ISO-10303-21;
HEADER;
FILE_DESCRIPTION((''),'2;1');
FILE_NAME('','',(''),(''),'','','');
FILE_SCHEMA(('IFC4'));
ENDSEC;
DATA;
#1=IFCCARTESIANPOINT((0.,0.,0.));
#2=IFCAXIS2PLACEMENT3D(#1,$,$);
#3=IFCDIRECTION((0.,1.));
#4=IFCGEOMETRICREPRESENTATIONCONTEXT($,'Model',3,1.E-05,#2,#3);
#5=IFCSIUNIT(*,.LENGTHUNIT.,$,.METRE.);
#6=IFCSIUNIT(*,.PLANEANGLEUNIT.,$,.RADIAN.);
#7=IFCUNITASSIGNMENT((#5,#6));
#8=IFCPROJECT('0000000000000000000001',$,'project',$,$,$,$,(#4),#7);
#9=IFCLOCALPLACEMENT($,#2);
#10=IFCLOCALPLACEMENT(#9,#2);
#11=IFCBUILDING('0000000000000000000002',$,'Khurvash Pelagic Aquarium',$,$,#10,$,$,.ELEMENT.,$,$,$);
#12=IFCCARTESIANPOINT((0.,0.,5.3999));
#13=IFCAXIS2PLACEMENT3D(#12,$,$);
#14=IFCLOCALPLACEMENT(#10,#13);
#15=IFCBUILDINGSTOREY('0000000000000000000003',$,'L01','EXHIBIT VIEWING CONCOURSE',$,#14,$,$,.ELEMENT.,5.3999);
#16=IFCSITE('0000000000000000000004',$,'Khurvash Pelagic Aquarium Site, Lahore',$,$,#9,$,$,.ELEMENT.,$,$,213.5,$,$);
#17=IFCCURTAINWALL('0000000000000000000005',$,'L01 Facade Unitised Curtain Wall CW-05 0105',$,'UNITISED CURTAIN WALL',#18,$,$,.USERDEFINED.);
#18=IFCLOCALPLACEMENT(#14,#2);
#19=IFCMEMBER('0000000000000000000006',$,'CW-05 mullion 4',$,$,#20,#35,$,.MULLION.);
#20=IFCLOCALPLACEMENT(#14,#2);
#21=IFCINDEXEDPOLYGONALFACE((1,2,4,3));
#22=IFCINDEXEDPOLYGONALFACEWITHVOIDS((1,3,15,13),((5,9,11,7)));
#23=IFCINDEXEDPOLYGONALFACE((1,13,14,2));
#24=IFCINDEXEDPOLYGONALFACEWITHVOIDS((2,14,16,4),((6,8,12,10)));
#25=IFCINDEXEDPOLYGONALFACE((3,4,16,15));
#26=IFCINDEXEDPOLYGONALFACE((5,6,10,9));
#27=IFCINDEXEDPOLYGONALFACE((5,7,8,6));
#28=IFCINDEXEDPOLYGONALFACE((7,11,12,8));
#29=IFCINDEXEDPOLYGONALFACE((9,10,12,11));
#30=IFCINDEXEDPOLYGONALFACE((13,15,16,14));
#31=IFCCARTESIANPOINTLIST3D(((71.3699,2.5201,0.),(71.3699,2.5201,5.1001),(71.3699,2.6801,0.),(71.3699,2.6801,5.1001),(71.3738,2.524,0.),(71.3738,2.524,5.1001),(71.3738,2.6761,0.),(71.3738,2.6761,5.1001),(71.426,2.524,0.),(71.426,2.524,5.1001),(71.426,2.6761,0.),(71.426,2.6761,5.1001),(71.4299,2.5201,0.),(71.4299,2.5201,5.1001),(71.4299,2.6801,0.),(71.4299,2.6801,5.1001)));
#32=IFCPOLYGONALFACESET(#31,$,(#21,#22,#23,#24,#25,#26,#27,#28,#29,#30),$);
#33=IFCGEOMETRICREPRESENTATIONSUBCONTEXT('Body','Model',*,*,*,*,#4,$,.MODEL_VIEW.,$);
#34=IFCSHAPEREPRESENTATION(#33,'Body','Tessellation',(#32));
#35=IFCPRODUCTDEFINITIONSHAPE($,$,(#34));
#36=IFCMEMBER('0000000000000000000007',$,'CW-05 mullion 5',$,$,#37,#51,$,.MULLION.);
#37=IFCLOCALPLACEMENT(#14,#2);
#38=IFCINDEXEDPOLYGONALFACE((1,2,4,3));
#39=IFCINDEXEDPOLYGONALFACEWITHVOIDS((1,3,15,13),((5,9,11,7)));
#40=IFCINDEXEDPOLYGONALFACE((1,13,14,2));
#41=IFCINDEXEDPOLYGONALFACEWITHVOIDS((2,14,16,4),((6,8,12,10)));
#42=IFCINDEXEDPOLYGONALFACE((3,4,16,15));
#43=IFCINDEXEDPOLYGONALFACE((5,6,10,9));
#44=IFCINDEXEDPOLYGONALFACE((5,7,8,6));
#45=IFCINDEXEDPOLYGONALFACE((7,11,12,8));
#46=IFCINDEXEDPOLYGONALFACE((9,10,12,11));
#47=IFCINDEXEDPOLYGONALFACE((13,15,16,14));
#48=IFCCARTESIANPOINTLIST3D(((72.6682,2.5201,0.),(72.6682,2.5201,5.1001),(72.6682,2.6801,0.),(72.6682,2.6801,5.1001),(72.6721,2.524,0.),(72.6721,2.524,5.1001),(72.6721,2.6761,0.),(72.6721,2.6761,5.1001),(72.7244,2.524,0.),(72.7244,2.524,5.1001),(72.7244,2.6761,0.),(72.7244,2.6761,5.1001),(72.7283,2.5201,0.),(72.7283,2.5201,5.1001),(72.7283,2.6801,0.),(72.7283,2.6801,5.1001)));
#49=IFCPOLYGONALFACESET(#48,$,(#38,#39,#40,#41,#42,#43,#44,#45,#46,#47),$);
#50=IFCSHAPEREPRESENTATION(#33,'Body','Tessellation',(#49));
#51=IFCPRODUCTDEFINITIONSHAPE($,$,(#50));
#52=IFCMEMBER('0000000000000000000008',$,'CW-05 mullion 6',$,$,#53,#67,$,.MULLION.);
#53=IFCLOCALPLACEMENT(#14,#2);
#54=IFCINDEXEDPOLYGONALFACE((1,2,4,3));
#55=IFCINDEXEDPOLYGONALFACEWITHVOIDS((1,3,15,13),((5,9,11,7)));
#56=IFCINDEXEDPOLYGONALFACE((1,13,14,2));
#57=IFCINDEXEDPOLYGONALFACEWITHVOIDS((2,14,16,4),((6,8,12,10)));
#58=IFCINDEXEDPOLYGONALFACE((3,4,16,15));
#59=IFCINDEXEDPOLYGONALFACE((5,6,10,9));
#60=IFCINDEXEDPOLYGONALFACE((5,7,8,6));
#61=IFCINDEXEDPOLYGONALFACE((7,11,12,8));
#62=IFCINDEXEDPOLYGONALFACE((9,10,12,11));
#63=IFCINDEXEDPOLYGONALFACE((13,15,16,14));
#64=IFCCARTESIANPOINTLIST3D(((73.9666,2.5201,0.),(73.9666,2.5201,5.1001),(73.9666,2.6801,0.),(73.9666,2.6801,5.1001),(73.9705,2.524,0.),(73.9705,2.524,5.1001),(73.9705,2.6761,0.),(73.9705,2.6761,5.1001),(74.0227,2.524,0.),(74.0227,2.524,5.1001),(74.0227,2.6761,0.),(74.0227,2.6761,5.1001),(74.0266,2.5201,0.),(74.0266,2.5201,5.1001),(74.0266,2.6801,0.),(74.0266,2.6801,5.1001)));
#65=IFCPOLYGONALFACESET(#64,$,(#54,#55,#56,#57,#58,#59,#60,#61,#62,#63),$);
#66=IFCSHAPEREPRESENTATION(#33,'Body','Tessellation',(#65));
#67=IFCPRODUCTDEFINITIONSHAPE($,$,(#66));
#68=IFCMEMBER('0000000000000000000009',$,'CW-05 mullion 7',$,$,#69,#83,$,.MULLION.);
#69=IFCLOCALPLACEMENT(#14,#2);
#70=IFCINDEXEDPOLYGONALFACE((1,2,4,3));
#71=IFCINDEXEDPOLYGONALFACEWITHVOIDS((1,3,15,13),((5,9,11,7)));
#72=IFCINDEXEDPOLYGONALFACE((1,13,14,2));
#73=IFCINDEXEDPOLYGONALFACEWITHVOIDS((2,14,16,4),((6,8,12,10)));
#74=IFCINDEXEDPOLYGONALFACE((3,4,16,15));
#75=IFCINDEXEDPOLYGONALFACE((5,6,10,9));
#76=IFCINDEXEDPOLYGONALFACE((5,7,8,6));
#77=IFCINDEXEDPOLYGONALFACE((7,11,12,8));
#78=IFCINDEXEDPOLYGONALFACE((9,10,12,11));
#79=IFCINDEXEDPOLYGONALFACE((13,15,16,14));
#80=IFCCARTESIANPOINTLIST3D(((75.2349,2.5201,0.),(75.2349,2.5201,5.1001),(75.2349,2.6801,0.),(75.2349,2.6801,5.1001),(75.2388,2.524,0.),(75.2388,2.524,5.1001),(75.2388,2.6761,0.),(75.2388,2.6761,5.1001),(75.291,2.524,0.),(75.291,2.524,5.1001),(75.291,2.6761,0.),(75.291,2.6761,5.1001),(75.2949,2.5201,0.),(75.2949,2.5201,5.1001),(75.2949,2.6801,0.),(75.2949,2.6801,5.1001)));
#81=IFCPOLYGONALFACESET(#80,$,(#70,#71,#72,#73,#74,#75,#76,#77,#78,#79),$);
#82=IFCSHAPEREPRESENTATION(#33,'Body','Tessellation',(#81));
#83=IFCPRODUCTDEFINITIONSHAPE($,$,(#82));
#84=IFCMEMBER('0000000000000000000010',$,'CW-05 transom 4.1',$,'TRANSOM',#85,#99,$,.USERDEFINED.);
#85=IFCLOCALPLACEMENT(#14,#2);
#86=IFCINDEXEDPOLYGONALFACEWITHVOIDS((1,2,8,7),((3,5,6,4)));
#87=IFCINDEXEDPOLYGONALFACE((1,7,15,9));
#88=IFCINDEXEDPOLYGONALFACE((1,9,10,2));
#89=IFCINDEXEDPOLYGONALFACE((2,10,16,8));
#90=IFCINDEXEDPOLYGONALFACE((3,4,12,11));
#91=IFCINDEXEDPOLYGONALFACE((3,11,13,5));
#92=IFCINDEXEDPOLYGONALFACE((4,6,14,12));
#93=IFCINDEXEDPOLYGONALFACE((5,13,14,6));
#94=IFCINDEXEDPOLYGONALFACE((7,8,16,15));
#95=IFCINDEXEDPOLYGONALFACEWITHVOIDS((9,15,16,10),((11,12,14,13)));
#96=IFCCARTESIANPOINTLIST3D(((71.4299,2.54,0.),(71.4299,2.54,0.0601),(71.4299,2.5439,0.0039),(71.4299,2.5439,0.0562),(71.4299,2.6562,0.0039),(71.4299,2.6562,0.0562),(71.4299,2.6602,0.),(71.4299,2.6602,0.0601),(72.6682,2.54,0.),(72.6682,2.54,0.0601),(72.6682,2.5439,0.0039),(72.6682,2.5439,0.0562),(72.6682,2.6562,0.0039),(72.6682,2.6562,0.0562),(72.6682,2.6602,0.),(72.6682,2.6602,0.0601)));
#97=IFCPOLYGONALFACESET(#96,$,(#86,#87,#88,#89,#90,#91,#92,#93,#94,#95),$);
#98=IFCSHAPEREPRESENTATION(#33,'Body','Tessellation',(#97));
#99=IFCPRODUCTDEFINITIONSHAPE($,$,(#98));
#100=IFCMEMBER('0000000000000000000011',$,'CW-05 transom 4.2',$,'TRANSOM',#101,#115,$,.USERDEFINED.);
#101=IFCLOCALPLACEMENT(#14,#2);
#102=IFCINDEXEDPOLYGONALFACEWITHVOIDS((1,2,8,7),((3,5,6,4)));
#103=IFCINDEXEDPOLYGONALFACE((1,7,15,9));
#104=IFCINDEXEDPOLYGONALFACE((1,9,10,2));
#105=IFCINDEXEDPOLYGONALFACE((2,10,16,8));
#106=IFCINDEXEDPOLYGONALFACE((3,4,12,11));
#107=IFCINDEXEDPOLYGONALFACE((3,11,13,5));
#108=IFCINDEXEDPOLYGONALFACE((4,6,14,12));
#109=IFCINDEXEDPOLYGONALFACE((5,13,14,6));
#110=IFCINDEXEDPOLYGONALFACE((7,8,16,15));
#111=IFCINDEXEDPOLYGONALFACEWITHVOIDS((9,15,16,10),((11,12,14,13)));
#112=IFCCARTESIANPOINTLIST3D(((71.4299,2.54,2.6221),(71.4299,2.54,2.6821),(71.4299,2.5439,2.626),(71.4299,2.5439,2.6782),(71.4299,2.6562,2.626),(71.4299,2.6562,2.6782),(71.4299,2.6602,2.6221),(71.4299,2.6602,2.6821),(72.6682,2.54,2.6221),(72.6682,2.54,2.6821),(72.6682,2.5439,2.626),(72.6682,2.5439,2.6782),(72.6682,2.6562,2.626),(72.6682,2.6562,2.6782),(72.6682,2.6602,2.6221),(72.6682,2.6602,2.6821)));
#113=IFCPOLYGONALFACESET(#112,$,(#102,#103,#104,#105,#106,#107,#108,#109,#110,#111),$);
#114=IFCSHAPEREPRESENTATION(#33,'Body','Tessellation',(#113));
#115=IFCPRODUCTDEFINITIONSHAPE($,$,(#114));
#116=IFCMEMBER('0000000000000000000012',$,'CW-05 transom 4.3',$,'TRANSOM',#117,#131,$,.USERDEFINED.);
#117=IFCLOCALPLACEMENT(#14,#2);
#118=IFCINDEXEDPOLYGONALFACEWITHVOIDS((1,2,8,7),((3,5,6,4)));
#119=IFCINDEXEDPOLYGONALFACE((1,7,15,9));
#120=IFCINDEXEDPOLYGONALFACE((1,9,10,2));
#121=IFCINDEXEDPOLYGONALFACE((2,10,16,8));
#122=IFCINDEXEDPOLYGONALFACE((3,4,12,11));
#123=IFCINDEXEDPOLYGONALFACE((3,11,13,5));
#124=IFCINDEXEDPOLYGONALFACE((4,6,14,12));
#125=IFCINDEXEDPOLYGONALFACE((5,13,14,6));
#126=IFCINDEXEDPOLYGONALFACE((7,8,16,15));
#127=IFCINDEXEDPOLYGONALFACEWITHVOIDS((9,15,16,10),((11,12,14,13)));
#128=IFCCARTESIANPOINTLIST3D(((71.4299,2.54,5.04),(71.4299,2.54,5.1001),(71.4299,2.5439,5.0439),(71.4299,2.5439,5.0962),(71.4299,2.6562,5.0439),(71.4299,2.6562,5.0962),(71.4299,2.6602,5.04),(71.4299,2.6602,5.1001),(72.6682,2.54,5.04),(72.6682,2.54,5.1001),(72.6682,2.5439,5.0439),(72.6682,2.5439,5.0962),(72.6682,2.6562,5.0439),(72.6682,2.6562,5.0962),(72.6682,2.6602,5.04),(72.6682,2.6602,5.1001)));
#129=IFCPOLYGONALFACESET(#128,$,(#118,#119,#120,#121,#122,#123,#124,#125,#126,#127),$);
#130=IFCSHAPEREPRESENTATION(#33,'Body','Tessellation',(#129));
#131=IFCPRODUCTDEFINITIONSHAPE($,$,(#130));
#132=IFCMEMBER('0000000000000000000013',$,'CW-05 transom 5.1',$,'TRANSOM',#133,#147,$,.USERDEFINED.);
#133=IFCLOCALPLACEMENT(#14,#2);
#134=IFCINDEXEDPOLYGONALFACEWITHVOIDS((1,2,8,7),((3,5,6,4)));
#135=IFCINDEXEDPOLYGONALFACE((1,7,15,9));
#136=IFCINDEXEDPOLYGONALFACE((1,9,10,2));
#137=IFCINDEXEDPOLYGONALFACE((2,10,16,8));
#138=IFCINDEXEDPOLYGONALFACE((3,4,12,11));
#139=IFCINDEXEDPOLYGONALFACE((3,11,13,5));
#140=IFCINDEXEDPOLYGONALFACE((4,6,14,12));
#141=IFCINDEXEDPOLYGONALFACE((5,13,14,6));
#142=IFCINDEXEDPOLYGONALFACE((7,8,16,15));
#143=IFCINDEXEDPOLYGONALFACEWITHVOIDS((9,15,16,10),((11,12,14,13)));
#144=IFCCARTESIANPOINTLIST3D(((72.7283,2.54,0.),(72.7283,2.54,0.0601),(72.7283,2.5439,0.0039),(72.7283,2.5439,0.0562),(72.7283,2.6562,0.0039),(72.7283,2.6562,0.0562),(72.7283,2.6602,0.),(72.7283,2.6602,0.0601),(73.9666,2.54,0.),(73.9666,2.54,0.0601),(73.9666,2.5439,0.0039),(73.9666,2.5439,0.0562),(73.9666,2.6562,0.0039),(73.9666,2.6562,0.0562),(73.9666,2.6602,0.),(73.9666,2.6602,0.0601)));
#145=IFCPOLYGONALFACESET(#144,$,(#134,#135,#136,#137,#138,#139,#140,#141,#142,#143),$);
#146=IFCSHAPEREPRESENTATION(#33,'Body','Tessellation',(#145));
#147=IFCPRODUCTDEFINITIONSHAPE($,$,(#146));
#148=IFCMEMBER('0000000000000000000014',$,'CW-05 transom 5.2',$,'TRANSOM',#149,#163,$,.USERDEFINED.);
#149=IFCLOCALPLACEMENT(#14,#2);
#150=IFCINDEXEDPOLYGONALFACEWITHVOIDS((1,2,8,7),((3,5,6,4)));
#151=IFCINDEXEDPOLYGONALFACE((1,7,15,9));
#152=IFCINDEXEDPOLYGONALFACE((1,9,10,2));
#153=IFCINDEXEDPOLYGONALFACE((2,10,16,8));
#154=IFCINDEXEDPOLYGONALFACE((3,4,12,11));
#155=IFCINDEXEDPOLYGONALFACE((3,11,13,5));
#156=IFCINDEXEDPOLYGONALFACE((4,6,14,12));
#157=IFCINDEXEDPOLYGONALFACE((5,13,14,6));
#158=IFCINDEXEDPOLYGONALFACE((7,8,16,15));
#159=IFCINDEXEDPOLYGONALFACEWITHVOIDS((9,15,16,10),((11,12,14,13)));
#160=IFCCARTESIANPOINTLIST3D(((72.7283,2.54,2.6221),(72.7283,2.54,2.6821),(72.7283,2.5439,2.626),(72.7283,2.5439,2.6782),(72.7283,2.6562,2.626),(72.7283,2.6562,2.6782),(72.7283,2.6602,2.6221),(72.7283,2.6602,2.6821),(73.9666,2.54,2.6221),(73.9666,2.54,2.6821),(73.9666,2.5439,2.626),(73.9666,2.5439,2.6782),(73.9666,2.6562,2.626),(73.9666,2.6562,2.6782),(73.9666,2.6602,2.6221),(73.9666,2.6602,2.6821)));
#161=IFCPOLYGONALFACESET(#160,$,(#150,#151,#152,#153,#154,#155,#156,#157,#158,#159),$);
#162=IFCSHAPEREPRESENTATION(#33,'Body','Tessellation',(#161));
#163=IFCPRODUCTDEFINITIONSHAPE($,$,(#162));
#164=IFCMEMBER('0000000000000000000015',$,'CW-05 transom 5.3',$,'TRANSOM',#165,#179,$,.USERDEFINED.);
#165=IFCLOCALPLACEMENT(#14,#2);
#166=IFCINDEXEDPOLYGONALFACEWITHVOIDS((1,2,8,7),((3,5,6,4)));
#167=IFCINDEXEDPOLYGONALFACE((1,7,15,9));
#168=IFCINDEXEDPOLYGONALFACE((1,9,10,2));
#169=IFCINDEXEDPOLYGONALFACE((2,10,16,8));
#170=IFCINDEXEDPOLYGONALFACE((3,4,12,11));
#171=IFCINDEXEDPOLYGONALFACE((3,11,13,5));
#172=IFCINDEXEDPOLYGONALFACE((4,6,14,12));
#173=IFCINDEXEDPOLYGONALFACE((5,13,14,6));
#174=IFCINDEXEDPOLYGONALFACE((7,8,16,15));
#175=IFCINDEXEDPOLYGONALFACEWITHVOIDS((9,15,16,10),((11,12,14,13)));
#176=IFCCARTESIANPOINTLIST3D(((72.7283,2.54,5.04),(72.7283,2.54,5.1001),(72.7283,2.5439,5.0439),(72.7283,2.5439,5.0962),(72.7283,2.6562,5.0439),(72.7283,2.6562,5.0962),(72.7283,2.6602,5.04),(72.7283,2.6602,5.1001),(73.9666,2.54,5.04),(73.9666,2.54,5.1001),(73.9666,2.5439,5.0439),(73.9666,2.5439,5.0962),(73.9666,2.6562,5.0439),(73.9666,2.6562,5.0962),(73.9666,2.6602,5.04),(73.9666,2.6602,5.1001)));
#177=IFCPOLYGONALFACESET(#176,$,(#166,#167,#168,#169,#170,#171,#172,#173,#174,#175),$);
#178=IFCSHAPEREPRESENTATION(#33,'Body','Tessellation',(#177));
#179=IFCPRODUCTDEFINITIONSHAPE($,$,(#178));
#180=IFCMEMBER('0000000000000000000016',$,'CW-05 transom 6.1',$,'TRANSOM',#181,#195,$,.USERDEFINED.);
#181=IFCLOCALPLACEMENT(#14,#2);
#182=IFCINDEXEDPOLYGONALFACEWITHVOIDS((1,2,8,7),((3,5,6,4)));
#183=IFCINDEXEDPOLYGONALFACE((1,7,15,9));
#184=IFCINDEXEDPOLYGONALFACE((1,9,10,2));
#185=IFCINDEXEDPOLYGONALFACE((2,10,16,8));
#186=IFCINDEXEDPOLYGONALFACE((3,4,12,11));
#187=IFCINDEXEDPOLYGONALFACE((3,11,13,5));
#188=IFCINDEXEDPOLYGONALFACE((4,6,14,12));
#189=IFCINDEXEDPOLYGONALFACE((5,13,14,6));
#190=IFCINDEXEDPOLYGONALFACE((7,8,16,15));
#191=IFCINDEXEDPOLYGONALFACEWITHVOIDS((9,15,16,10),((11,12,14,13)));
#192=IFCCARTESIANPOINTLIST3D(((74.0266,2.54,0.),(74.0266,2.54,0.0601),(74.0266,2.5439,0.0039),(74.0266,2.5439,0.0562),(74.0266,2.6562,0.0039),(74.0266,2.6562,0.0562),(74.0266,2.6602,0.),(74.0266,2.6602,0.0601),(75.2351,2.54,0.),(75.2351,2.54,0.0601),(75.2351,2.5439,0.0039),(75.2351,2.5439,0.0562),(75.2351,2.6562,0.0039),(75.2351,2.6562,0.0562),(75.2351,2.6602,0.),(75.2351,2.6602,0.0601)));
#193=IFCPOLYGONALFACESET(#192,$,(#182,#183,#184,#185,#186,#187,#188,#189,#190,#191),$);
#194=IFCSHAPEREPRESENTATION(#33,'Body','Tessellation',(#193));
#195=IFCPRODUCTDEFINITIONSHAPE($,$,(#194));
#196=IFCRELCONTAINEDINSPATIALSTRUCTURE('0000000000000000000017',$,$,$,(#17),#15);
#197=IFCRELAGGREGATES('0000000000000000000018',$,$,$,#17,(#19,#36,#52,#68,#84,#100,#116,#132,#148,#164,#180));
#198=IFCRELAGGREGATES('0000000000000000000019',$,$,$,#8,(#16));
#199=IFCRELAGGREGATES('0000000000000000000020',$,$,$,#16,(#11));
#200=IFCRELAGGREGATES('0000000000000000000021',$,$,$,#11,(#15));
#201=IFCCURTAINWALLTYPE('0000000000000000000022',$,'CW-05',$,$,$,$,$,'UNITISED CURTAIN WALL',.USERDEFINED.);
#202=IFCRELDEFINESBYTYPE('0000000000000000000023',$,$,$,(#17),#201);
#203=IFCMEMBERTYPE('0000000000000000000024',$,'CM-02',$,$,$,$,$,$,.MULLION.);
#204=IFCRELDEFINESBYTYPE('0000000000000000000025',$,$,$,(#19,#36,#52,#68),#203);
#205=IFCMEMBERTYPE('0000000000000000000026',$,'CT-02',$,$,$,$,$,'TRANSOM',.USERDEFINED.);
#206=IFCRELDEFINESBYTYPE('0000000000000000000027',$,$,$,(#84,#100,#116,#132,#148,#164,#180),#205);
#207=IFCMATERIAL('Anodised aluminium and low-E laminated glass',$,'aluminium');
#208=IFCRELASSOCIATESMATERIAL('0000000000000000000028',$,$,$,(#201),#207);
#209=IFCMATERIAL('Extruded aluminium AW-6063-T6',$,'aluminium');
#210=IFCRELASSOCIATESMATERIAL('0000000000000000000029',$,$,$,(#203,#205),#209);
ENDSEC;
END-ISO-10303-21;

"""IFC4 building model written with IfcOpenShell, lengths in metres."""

from ifc_helpers import new_model, si_unit, direction, frame, origin, origin_2d, place, context, subcontext, project, spatial, hollow_rectangle, extrude, material, material_profile, profile_set, type_object, element, aggregate, save


model = new_model("IFC4")

# Units and contexts
model_context = context("Model", 3, precision=1e-05, world=origin(), true_north=direction((0.0, 1.0)))
body_context = subcontext(model_context, "Body", "Model", "MODEL_VIEW")
ifc_project = project(units=[si_unit("LENGTHUNIT", "METRE"), si_unit("PLANEANGLEUNIT", "RADIAN")], contexts=[model_context])

# Site, building, storey
site_placement = place(None, origin())
site = spatial("IfcSite", under=ifc_project, at=site_placement, Name="Khurvash Pelagic Aquarium Site, Lahore", CompositionType="ELEMENT", RefElevation=213.5)
building_placement = place(site_placement, origin())
building = spatial("IfcBuilding", under=site, at=building_placement, Name="Khurvash Pelagic Aquarium", CompositionType="ELEMENT")
storey_placement = place(building_placement, frame((0.0, 0.0, 5.3999)))
storey = spatial("IfcBuildingStorey", under=building, at=storey_placement, Name="L01", Description="EXHIBIT VIEWING CONCOURSE", CompositionType="ELEMENT", Elevation=5.3999)

# Curtain wall, members
ifc_material_1 = material(Name="Anodised aluminium and low-E laminated glass", Category="aluminium")
curtain_wall_type = type_object("IfcCurtainWallType", Name="CW-05", ElementType="UNITISED CURTAIN WALL", PredefinedType="USERDEFINED", material=ifc_material_1)
curtain_wall_placement = place(storey_placement, origin())
curtain_wall = element("IfcCurtainWall", 1, at=curtain_wall_placement, inside=storey, type_object=curtain_wall_type, Name="L01 Facade Unitised Curtain Wall CW-05 0105", ObjectType="UNITISED CURTAIN WALL", PredefinedType="USERDEFINED")
ifc_material_2 = material(Name="Extruded aluminium AW-6063-T6", Category="aluminium")
ifc_material_profile_1 = material_profile(ifc_material_2, hollow_rectangle(XDim=0.0601, YDim=0.1599, WallThickness=0.0039, at=origin_2d()), Name="CWM60X160X4")
ifc_profile_set_1 = profile_set([ifc_material_profile_1], Name="Extruded aluminium AW-6063-T6")
member_type_1 = type_object("IfcMemberType", Name="CM-02", PredefinedType="MULLION", material=ifc_profile_set_1)
member_1_placement = place(storey_placement, frame((71.3999, 2.6001, 0.0), z_axis=(0.0, 0.0, 1.0), x_axis=(1.0, 0.0, 0.0)))
member_1 = element("IfcMember", 2, at=member_1_placement, type_object=member_type_1, Name="CW-05 mullion 4", PredefinedType="MULLION", context=body_context, shape_type="SweptSolid", body=[
    extrude(hollow_rectangle(XDim=0.0601, YDim=0.1599, WallThickness=0.0039, at=origin_2d()), origin(), (0.0, 0.0, 1.0), 5.1001),
])
member_2_placement = place(storey_placement, frame((72.6982, 2.6001, 0.0), z_axis=(0.0, 0.0, 1.0), x_axis=(1.0, 0.0, 0.0)))
member_2 = element("IfcMember", 3, at=member_2_placement, type_object=member_type_1, Name="CW-05 mullion 5", PredefinedType="MULLION", context=body_context, shape_type="SweptSolid", body=[
    extrude(hollow_rectangle(XDim=0.0601, YDim=0.1599, WallThickness=0.0039, at=origin_2d()), origin(), (0.0, 0.0, 1.0), 5.1001),
])
member_3_placement = place(storey_placement, frame((73.9966, 2.6001, 0.0), z_axis=(0.0, 0.0, 1.0), x_axis=(1.0, 0.0, 0.0)))
member_3 = element("IfcMember", 4, at=member_3_placement, type_object=member_type_1, Name="CW-05 mullion 6", PredefinedType="MULLION", context=body_context, shape_type="SweptSolid", body=[
    extrude(hollow_rectangle(XDim=0.0601, YDim=0.1599, WallThickness=0.0039, at=origin_2d()), origin(), (0.0, 0.0, 1.0), 5.1001),
])
member_4_placement = place(storey_placement, frame((75.2649, 2.6001, 0.0), z_axis=(0.0, 0.0, 1.0), x_axis=(1.0, 0.0, 0.0)))
member_4 = element("IfcMember", 5, at=member_4_placement, type_object=member_type_1, Name="CW-05 mullion 7", PredefinedType="MULLION", context=body_context, shape_type="SweptSolid", body=[
    extrude(hollow_rectangle(XDim=0.0601, YDim=0.1599, WallThickness=0.0039, at=origin_2d()), origin(), (0.0, 0.0, 1.0), 5.1001),
])
ifc_material_profile_2 = material_profile(ifc_material_2, hollow_rectangle(XDim=0.1201, YDim=0.0601, WallThickness=0.0039, at=origin_2d()), Name="CWT120X60X4")
ifc_profile_set_2 = profile_set([ifc_material_profile_2], Name="Extruded aluminium AW-6063-T6")
member_type_2 = type_object("IfcMemberType", Name="CT-02", ElementType="TRANSOM", PredefinedType="USERDEFINED", material=ifc_profile_set_2)
member_5_placement = place(storey_placement, frame((71.4299, 2.6001, 0.03), z_axis=(1.0, 0.0, 0.0), x_axis=(0.0, 1.0, 0.0)))
member_5 = element("IfcMember", 6, at=member_5_placement, type_object=member_type_2, Name="CW-05 transom 4.1", ObjectType="TRANSOM", PredefinedType="USERDEFINED", context=body_context, shape_type="SweptSolid", body=[
    extrude(hollow_rectangle(XDim=0.1201, YDim=0.0601, WallThickness=0.0039, at=origin_2d()), origin(), (0.0, 0.0, 1.0), 1.2383),
])
member_6_placement = place(storey_placement, frame((71.4299, 2.6001, 2.6521), z_axis=(1.0, 0.0, 0.0), x_axis=(0.0, 1.0, 0.0)))
member_6 = element("IfcMember", 7, at=member_6_placement, type_object=member_type_2, Name="CW-05 transom 4.2", ObjectType="TRANSOM", PredefinedType="USERDEFINED", context=body_context, shape_type="SweptSolid", body=[
    extrude(hollow_rectangle(XDim=0.1201, YDim=0.0601, WallThickness=0.0039, at=origin_2d()), origin(), (0.0, 0.0, 1.0), 1.2383),
])
member_7_placement = place(storey_placement, frame((71.4299, 2.6001, 5.0701), z_axis=(1.0, 0.0, 0.0), x_axis=(0.0, 1.0, 0.0)))
member_7 = element("IfcMember", 8, at=member_7_placement, type_object=member_type_2, Name="CW-05 transom 4.3", ObjectType="TRANSOM", PredefinedType="USERDEFINED", context=body_context, shape_type="SweptSolid", body=[
    extrude(hollow_rectangle(XDim=0.1201, YDim=0.0601, WallThickness=0.0039, at=origin_2d()), origin(), (0.0, 0.0, 1.0), 1.2383),
])
member_8_placement = place(storey_placement, frame((72.7283, 2.6001, 0.03), z_axis=(1.0, 0.0, 0.0), x_axis=(0.0, 1.0, 0.0)))
member_8 = element("IfcMember", 9, at=member_8_placement, type_object=member_type_2, Name="CW-05 transom 5.1", ObjectType="TRANSOM", PredefinedType="USERDEFINED", context=body_context, shape_type="SweptSolid", body=[
    extrude(hollow_rectangle(XDim=0.1201, YDim=0.0601, WallThickness=0.0039, at=origin_2d()), origin(), (0.0, 0.0, 1.0), 1.2383),
])
member_9_placement = place(storey_placement, frame((72.7283, 2.6001, 2.6521), z_axis=(1.0, 0.0, 0.0), x_axis=(0.0, 1.0, 0.0)))
member_9 = element("IfcMember", 10, at=member_9_placement, type_object=member_type_2, Name="CW-05 transom 5.2", ObjectType="TRANSOM", PredefinedType="USERDEFINED", context=body_context, shape_type="SweptSolid", body=[
    extrude(hollow_rectangle(XDim=0.1201, YDim=0.0601, WallThickness=0.0039, at=origin_2d()), origin(), (0.0, 0.0, 1.0), 1.2383),
])
member_10_placement = place(storey_placement, frame((72.7283, 2.6001, 5.0701), z_axis=(1.0, 0.0, 0.0), x_axis=(0.0, 1.0, 0.0)))
member_10 = element("IfcMember", 11, at=member_10_placement, type_object=member_type_2, Name="CW-05 transom 5.3", ObjectType="TRANSOM", PredefinedType="USERDEFINED", context=body_context, shape_type="SweptSolid", body=[
    extrude(hollow_rectangle(XDim=0.1201, YDim=0.0601, WallThickness=0.0039, at=origin_2d()), origin(), (0.0, 0.0, 1.0), 1.2383),
])
member_11_placement = place(storey_placement, frame((74.0266, 2.6001, 0.03), z_axis=(1.0, 0.0, 0.0), x_axis=(0.0, 1.0, 0.0)))
member_11 = element("IfcMember", 12, at=member_11_placement, type_object=member_type_2, Name="CW-05 transom 6.1", ObjectType="TRANSOM", PredefinedType="USERDEFINED", context=body_context, shape_type="SweptSolid", body=[
    extrude(hollow_rectangle(XDim=0.1201, YDim=0.0601, WallThickness=0.0039, at=origin_2d()), origin(), (0.0, 0.0, 1.0), 1.2085),
])
aggregate(curtain_wall, [member_1, member_2, member_3, member_4, member_5, member_6, member_7, member_8, member_9, member_10, member_11])

save(model, "model.ifc")
